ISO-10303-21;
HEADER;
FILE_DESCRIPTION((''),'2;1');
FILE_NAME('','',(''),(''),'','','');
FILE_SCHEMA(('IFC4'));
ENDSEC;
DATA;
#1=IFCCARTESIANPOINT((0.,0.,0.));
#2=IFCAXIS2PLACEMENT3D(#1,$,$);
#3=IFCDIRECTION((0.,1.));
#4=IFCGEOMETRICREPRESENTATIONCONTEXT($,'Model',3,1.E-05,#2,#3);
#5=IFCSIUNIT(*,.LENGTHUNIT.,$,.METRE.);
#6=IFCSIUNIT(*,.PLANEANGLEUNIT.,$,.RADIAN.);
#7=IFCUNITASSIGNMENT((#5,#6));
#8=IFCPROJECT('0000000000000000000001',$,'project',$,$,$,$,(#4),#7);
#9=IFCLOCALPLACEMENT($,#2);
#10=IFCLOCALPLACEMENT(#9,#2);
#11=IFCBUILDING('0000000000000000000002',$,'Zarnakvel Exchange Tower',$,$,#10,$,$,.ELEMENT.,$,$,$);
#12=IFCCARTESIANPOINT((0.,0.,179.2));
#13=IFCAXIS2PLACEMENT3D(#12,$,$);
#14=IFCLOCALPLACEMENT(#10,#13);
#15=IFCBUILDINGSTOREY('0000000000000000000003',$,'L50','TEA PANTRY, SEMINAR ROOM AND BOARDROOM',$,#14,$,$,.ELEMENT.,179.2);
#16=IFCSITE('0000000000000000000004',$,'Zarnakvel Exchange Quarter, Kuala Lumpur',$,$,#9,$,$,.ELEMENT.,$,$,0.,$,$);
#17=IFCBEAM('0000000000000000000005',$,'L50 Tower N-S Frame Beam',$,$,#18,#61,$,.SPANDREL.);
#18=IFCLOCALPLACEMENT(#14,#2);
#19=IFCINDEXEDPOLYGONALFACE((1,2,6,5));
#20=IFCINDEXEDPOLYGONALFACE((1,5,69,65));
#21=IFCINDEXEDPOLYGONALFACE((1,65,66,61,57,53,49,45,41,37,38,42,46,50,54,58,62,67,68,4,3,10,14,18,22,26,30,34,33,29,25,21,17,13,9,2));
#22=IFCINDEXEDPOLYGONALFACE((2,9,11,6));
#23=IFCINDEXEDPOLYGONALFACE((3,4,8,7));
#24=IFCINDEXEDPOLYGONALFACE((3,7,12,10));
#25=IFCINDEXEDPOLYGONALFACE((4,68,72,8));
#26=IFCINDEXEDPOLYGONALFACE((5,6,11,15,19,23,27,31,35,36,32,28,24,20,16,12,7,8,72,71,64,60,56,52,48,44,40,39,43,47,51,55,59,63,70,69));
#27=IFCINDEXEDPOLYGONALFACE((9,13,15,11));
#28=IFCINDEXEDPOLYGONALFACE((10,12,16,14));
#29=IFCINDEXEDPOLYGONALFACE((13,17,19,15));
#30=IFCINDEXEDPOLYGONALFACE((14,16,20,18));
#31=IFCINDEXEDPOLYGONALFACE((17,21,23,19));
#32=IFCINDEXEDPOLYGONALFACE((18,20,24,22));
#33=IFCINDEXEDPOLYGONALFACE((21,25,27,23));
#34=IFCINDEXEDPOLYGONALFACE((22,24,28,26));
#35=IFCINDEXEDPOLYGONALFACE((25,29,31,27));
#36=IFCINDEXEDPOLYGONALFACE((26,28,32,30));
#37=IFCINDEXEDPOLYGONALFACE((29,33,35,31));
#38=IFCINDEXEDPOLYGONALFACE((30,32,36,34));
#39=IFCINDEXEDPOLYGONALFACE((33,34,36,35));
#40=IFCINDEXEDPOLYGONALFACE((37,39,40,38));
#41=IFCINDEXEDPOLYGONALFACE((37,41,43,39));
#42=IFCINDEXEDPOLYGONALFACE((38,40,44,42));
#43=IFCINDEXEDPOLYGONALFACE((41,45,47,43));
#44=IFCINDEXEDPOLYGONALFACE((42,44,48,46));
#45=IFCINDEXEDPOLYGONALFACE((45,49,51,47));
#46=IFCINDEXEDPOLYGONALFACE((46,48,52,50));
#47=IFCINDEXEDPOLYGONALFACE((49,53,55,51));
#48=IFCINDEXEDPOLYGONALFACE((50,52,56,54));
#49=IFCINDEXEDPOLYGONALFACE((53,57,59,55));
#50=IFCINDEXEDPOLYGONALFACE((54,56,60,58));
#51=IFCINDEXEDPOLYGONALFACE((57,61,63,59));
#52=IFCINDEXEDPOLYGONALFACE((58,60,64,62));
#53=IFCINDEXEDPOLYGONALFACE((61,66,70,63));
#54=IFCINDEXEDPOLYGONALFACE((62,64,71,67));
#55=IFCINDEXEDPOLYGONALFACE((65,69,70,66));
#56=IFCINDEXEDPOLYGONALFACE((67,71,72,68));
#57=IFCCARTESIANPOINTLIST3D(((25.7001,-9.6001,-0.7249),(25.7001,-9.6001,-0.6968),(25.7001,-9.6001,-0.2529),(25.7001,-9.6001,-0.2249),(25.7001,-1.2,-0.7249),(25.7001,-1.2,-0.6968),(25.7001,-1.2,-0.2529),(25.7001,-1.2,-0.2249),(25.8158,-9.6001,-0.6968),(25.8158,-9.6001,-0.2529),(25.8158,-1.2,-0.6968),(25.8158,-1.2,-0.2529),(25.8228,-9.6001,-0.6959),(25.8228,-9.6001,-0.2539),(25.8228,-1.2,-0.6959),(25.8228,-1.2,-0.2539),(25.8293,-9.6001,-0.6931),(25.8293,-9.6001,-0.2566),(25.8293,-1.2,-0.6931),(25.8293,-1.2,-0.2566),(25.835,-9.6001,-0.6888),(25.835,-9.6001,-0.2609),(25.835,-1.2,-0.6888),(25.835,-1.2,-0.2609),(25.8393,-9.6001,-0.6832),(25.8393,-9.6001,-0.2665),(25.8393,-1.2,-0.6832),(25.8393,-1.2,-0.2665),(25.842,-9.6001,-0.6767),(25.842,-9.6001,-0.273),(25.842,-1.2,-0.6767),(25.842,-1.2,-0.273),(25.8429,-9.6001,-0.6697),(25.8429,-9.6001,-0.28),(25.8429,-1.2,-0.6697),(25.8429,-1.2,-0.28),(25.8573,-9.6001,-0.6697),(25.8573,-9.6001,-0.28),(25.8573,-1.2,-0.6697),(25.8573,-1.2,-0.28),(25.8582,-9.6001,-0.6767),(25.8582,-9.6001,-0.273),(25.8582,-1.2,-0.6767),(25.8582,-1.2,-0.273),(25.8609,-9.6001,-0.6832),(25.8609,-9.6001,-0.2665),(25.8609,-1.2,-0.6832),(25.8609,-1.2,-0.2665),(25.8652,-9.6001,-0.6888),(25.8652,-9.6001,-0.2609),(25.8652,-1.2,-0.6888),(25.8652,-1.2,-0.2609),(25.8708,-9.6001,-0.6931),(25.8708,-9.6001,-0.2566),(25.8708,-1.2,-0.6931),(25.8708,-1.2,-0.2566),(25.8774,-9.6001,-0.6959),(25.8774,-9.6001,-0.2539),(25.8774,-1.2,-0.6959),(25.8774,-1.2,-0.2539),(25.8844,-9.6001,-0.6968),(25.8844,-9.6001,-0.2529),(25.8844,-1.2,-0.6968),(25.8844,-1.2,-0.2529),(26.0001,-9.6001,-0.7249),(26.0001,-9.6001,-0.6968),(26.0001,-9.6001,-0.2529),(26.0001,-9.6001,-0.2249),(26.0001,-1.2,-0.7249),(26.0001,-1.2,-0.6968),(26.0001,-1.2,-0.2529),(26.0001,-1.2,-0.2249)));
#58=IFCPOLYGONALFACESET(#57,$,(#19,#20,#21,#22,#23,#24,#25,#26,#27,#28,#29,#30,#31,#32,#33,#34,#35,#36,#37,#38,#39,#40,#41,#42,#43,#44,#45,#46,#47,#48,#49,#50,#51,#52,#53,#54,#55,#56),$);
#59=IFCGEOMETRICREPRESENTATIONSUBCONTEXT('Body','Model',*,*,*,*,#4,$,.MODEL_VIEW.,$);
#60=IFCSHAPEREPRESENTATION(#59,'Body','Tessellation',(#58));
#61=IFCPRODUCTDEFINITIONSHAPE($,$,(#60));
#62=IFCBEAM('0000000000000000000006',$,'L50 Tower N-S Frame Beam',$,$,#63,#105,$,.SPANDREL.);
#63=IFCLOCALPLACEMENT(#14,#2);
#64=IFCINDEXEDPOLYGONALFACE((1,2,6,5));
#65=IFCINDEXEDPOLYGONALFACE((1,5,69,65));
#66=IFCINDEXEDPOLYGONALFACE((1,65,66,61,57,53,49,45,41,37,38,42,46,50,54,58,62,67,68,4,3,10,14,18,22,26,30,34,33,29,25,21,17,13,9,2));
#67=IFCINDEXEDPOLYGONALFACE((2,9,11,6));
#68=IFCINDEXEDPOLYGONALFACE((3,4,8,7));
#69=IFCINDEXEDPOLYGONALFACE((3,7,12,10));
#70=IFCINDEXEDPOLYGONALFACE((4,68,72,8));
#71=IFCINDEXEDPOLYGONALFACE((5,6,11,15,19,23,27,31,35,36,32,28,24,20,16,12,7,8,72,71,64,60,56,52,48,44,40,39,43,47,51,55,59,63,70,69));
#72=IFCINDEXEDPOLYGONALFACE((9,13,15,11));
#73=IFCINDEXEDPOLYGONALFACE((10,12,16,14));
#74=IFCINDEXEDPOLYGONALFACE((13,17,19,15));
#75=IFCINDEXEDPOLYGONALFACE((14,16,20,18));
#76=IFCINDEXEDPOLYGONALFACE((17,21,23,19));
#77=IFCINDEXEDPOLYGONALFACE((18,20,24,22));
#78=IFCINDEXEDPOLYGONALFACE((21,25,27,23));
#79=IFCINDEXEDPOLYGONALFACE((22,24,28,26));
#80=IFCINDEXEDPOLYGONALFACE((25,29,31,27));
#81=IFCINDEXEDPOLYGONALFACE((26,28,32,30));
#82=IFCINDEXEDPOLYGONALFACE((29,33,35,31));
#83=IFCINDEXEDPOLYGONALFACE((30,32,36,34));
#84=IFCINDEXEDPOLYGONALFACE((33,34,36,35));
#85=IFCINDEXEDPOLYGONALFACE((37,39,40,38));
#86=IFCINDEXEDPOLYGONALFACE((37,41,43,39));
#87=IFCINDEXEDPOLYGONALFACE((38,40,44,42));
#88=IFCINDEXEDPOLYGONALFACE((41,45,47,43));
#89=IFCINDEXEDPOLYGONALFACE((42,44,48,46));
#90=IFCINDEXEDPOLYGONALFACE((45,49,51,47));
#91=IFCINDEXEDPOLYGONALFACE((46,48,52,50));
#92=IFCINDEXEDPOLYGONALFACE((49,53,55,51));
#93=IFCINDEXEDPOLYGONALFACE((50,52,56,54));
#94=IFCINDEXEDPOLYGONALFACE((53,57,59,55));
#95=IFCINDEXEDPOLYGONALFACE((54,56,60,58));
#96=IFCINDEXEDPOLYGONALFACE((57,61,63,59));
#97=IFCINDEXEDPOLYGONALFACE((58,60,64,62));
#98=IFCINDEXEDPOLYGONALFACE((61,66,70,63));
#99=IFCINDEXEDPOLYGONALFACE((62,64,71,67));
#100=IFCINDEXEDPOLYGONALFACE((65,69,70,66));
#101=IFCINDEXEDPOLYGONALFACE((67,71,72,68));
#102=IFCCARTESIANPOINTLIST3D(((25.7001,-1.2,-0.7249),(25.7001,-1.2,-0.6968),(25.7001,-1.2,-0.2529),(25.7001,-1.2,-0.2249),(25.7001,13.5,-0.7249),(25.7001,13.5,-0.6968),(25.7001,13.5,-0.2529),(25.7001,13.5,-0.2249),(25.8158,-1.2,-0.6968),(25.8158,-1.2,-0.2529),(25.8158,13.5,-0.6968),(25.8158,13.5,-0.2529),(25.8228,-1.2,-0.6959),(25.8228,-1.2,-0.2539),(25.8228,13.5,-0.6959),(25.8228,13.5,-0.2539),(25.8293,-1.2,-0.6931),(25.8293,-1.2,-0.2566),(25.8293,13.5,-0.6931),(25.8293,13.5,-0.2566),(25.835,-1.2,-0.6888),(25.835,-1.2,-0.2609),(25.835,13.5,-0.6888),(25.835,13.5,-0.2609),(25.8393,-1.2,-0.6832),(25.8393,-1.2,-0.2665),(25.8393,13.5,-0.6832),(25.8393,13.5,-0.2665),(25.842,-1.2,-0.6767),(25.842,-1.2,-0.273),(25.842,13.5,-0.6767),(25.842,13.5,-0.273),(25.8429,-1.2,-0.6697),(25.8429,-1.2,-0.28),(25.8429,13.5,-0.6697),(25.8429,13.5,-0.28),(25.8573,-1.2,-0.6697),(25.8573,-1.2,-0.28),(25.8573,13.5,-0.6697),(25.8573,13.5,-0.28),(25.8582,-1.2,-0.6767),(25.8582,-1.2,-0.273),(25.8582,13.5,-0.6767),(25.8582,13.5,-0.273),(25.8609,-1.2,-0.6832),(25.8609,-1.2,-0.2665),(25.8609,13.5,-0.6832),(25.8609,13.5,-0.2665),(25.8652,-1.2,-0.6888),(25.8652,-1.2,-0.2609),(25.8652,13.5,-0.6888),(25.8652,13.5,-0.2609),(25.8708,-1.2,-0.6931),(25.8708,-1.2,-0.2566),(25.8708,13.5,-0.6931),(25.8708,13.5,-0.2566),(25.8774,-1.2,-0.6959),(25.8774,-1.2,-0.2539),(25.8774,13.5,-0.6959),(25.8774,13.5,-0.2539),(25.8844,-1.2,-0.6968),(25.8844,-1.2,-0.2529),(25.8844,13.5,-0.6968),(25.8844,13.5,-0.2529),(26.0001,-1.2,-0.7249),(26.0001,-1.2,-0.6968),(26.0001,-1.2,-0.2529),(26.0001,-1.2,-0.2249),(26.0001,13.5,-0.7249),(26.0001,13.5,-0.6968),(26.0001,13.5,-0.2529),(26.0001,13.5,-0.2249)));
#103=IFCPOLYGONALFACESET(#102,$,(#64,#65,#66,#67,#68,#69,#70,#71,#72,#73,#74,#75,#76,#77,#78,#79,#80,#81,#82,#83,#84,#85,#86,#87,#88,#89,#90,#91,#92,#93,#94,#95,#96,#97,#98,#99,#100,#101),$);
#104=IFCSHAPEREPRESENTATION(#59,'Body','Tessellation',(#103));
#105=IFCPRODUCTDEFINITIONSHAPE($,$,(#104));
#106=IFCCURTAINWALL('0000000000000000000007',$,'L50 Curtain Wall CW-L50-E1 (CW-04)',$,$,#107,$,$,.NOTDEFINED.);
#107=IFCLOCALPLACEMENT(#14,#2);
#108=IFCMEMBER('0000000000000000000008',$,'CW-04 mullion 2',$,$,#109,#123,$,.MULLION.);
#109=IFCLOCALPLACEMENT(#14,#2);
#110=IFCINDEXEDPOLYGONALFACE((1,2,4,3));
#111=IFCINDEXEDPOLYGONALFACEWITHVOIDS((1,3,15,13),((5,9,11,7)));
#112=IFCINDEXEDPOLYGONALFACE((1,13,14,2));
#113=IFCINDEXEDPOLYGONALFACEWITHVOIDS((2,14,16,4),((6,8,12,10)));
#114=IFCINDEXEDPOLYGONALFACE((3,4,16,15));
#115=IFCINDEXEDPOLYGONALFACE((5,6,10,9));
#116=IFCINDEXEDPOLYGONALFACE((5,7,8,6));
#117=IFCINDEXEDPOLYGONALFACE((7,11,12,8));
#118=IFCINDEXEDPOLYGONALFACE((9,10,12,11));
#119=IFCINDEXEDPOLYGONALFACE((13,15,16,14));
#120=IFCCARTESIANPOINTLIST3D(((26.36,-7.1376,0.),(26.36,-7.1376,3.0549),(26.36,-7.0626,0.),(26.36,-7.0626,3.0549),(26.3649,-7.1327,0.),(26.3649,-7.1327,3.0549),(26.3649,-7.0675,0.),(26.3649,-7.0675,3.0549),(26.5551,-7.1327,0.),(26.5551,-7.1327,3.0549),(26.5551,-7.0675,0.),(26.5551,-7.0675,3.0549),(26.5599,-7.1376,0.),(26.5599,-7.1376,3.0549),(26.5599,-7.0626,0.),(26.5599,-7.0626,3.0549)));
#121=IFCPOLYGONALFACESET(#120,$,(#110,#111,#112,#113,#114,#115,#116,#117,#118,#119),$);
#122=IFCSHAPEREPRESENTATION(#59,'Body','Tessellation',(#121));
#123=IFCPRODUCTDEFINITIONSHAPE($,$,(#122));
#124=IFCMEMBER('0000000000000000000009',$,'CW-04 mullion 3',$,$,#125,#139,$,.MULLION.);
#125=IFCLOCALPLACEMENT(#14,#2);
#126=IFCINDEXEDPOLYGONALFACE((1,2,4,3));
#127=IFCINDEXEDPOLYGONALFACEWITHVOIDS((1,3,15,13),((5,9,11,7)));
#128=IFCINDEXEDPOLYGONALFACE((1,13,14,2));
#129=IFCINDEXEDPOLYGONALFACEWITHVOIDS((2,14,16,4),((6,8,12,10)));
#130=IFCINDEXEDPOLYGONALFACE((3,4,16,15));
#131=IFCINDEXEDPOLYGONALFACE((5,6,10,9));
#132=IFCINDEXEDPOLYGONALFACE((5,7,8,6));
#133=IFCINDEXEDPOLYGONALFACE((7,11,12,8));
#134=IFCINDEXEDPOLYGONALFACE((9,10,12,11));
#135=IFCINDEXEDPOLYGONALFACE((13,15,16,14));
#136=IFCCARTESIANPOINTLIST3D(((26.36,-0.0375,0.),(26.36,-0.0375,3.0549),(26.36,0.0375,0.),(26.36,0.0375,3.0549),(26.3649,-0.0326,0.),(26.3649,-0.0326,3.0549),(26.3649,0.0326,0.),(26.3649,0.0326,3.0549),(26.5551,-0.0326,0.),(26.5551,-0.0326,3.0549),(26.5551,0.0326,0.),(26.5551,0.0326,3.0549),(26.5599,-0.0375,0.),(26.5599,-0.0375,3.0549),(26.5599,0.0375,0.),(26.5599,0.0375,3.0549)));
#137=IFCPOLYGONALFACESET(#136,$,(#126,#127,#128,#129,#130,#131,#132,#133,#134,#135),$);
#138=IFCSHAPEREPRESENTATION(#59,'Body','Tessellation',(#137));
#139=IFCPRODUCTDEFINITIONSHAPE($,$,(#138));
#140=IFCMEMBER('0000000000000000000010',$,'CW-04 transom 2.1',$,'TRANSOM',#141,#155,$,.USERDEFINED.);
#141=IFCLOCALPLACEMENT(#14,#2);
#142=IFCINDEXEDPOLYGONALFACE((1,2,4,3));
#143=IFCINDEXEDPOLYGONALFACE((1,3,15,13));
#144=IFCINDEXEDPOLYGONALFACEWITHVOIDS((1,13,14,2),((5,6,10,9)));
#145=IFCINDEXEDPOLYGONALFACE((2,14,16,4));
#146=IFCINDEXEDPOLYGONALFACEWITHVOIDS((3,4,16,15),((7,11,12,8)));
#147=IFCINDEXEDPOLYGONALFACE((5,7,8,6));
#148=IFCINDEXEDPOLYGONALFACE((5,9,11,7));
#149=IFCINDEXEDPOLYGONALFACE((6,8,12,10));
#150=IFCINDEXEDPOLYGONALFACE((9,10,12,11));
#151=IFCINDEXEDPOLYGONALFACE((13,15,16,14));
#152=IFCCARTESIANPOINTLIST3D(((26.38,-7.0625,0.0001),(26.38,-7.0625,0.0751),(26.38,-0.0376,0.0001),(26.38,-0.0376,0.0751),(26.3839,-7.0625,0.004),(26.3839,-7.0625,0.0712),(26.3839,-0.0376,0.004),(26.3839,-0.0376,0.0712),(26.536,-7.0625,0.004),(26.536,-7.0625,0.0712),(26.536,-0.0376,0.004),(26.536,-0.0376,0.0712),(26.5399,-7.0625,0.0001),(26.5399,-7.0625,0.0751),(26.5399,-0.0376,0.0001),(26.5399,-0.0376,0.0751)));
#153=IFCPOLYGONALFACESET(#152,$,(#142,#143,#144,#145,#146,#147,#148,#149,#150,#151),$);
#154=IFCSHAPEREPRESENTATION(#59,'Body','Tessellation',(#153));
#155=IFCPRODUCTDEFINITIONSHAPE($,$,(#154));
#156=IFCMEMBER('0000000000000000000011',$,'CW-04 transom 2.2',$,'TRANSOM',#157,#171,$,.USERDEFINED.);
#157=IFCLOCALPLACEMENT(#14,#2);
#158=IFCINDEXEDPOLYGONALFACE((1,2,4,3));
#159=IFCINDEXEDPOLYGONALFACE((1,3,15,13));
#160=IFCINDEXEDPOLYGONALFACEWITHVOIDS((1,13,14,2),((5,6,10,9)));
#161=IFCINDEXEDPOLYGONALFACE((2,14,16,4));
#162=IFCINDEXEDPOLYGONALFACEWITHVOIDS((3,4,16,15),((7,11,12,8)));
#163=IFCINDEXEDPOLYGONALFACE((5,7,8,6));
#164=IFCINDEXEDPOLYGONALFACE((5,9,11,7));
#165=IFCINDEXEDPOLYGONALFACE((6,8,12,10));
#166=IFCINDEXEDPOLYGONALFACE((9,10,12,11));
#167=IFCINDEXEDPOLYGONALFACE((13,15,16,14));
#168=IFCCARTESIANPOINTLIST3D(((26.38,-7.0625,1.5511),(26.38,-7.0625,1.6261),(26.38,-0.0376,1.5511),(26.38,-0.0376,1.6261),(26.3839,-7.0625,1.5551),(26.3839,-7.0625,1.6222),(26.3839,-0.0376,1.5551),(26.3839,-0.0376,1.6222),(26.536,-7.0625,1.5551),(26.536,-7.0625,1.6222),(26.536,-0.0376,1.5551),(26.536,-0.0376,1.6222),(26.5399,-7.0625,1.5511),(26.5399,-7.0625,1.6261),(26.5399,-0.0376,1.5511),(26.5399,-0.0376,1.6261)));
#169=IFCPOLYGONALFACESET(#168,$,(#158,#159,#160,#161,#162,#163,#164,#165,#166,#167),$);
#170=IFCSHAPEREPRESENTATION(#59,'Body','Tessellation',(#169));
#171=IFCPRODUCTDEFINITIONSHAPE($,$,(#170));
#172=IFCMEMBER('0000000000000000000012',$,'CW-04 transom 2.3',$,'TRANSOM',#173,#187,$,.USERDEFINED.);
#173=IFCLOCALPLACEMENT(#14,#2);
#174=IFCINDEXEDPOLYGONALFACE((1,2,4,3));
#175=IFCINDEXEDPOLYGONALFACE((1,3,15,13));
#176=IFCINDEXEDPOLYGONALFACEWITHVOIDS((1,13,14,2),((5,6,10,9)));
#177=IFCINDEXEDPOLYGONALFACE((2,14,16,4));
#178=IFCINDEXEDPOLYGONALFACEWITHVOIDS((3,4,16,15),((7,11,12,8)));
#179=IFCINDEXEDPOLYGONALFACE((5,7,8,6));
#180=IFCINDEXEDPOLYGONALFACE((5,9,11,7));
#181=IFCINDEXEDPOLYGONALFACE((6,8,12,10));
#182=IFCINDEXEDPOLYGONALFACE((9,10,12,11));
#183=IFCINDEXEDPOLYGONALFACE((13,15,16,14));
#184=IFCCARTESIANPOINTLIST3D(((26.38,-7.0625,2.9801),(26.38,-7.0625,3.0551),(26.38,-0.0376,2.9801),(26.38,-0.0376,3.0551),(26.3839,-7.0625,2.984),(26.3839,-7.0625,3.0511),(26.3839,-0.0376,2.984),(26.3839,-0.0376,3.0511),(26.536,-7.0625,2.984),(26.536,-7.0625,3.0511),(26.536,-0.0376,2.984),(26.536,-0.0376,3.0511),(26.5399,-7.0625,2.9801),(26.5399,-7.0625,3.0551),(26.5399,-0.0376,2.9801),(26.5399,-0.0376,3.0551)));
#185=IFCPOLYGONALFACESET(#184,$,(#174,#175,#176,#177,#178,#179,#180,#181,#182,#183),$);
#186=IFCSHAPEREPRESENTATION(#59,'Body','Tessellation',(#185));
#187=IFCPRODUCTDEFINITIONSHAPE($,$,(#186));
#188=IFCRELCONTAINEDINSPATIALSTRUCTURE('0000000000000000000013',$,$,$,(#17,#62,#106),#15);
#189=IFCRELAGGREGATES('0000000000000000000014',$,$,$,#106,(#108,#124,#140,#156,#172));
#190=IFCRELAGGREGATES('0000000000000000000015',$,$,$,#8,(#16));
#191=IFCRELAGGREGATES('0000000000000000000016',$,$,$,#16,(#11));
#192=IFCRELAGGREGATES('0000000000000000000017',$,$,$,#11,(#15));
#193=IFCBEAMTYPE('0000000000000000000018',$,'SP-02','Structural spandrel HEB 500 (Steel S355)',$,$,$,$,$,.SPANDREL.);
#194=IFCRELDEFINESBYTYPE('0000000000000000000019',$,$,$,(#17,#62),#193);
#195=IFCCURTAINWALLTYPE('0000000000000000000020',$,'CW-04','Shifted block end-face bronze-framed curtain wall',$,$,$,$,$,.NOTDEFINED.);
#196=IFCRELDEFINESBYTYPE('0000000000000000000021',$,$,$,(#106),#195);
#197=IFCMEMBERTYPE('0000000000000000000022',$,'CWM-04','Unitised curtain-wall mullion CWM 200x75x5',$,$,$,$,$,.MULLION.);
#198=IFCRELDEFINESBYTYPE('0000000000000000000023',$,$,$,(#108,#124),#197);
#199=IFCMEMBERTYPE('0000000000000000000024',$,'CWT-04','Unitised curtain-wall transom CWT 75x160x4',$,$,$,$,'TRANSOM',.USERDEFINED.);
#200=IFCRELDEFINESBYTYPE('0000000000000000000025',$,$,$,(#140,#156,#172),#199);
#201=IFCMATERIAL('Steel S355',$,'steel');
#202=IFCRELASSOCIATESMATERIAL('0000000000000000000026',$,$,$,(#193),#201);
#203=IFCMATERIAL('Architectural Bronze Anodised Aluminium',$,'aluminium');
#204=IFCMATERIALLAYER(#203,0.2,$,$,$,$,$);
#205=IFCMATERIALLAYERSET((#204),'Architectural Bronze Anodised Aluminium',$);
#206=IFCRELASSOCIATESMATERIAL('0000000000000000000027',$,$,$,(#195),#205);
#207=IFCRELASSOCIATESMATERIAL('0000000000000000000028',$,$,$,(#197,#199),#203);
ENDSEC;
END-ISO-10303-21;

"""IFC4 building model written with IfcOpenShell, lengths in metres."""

from ifc_helpers import new_model, si_unit, direction, frame, origin, origin_2d, place, context, subcontext, project, spatial, hollow_rectangle, i_section, extrude, source, transform, mapped, material, layer, layer_set, material_profile, profile_set, type_object, element, aggregate, save


model = new_model("IFC4")

# Units and contexts
model_context = context("Model", 3, precision=1e-05, world=origin(), true_north=direction((0.0, 1.0)))
body_context = subcontext(model_context, "Body", "Model", "MODEL_VIEW")
ifc_project = project(units=[si_unit("LENGTHUNIT", "METRE"), si_unit("PLANEANGLEUNIT", "RADIAN")], contexts=[model_context])

# Site, building, storey
site_placement = place(None, origin())
site = spatial("IfcSite", under=ifc_project, at=site_placement, Name="Zarnakvel Exchange Quarter, Kuala Lumpur", CompositionType="ELEMENT", RefElevation=0.0)
building_placement = place(site_placement, origin())
building = spatial("IfcBuilding", under=site, at=building_placement, Name="Zarnakvel Exchange Tower", CompositionType="ELEMENT")
storey_placement = place(building_placement, frame((0.0, 0.0, 179.2)))
storey = spatial("IfcBuildingStorey", under=building, at=storey_placement, Name="L50", Description="TEA PANTRY, SEMINAR ROOM AND BOARDROOM", CompositionType="ELEMENT", Elevation=179.2)

# Shared definitions
ifc_material_1 = material(Name="Steel S355", Category="steel")

# Beams
ifc_material_profile_1 = material_profile(ifc_material_1, i_section(OverallWidth=0.3, OverallDepth=0.5, WebThickness=0.0144, FlangeThickness=0.0281, FilletRadius=0.0271, at=origin_2d()))
ifc_profile_set_1 = profile_set([ifc_material_profile_1], Name="Steel S355")
beam_type_1 = type_object("IfcBeamType", Name="SP-02", Description="Structural spandrel HEB 500 (Steel S355)", PredefinedType="SPANDREL", material=ifc_profile_set_1)
beam_1_placement = place(storey_placement, frame((25.8501, -9.6001, -0.4749), z_axis=(0.0, 1.0, 0.0), x_axis=(-1.0, 0.0, 0.0)))
element("IfcBeam", 1, at=beam_1_placement, inside=storey, type_object=beam_type_1, Name="L50 Tower N-S Frame Beam", PredefinedType="SPANDREL", context=body_context, shape_type="SweptSolid", body=[
    extrude(i_section(OverallWidth=0.3, OverallDepth=0.5, WebThickness=0.0144, FlangeThickness=0.0281, FilletRadius=0.0271, at=origin_2d()), origin(), (0.0, 0.0, 1.0), 8.4001),
])
beam_2_placement = place(storey_placement, frame((25.8501, -1.2, -0.4749), z_axis=(0.0, 1.0, 0.0), x_axis=(-1.0, 0.0, 0.0)))
element("IfcBeam", 2, at=beam_2_placement, inside=storey, type_object=beam_type_1, Name="L50 Tower N-S Frame Beam", PredefinedType="SPANDREL", context=body_context, shape_type="SweptSolid", body=[
    extrude(i_section(OverallWidth=0.3, OverallDepth=0.5, WebThickness=0.0144, FlangeThickness=0.0281, FilletRadius=0.0271, at=origin_2d()), origin(), (0.0, 0.0, 1.0), 14.7),
])

# Curtain wall, members
ifc_material_2 = material(Name="Architectural Bronze Anodised Aluminium", Category="aluminium")
ifc_layer_1 = layer(ifc_material_2, 0.2)
ifc_layer_set_1 = layer_set([ifc_layer_1], Name="Architectural Bronze Anodised Aluminium")
curtain_wall_type = type_object("IfcCurtainWallType", Name="CW-04", Description="Shifted block end-face bronze-framed curtain wall", PredefinedType="NOTDEFINED", material=ifc_layer_set_1)
curtain_wall_placement = place(storey_placement, origin())
curtain_wall = element("IfcCurtainWall", 3, at=curtain_wall_placement, inside=storey, type_object=curtain_wall_type, Name="L50 Curtain Wall CW-L50-E1 (CW-04)", PredefinedType="NOTDEFINED")
ifc_material_profile_2 = material_profile(ifc_material_2, hollow_rectangle(XDim=0.2, YDim=0.075, WallThickness=0.0049, at=origin_2d()))
ifc_profile_set_2 = profile_set([ifc_material_profile_2], Name="Architectural Bronze Anodised Aluminium")
member_type_1 = type_object("IfcMemberType", Name="CWM-04", Description="Unitised curtain-wall mullion CWM 200x75x5", PredefinedType="MULLION", material=ifc_profile_set_2)
shared_shape_1 = source(origin(), body_context, "Body", "SweptSolid", [
    extrude(hollow_rectangle(XDim=0.2, YDim=0.075, WallThickness=0.0049, at=origin_2d()), origin(), (0.0, 0.0, 1.0), 3.0549),
])
member_1_placement = place(storey_placement, frame((26.46, -7.1001, 0.0), z_axis=(0.0, 0.0, 1.0), x_axis=(-1.0, 0.0, 0.0)))
member_1 = element("IfcMember", 4, at=member_1_placement, type_object=member_type_1, Name="CW-04 mullion 2", PredefinedType="MULLION", context=body_context, shape_type="MappedRepresentation", body=[
    mapped(shared_shape_1, transform((0.0, 0.0, 0.0), x_axis=(1.0, 0.0, 0.0), y_axis=(0.0, 1.0, 0.0), z_axis=(0.0, 0.0, 1.0), scale=1.0)),
])
member_2_placement = place(storey_placement, frame((26.46, 0.0, 0.0), z_axis=(0.0, 0.0, 1.0), x_axis=(-1.0, 0.0, 0.0)))
member_2 = element("IfcMember", 5, at=member_2_placement, type_object=member_type_1, Name="CW-04 mullion 3", PredefinedType="MULLION", context=body_context, shape_type="MappedRepresentation", body=[
    mapped(shared_shape_1, transform((0.0, 0.0, 0.0), x_axis=(1.0, 0.0, 0.0), y_axis=(0.0, 1.0, 0.0), z_axis=(0.0, 0.0, 1.0), scale=1.0)),
])
ifc_material_profile_3 = material_profile(ifc_material_2, hollow_rectangle(XDim=0.1599, YDim=0.075, WallThickness=0.0039, at=origin_2d()))
ifc_profile_set_3 = profile_set([ifc_material_profile_3], Name="Architectural Bronze Anodised Aluminium")
member_type_2 = type_object("IfcMemberType", Name="CWT-04", Description="Unitised curtain-wall transom CWT 75x160x4", ElementType="TRANSOM", PredefinedType="USERDEFINED", material=ifc_profile_set_3)
shared_shape_2 = source(origin(), body_context, "Body", "SweptSolid", [
    extrude(hollow_rectangle(XDim=0.1599, YDim=0.075, WallThickness=0.0039, at=origin_2d()), origin(), (0.0, 0.0, 1.0), 7.0249),
])
member_3_placement = place(storey_placement, frame((26.46, -7.0625, 0.0376), z_axis=(0.0, 1.0, 0.0), x_axis=(-1.0, 0.0, 0.0)))
member_3 = element("IfcMember", 6, at=member_3_placement, type_object=member_type_2, Name="CW-04 transom 2.1", ObjectType="TRANSOM", PredefinedType="USERDEFINED", context=body_context, shape_type="MappedRepresentation", body=[
    mapped(shared_shape_2, transform((0.0, 0.0, 0.0), x_axis=(1.0, 0.0, 0.0), y_axis=(0.0, 1.0, 0.0), z_axis=(0.0, 0.0, 1.0), scale=1.0)),
])
member_4_placement = place(storey_placement, frame((26.46, -7.0625, 1.5886), z_axis=(0.0, 1.0, 0.0), x_axis=(-1.0, 0.0, 0.0)))
member_4 = element("IfcMember", 7, at=member_4_placement, type_object=member_type_2, Name="CW-04 transom 2.2", ObjectType="TRANSOM", PredefinedType="USERDEFINED", context=body_context, shape_type="MappedRepresentation", body=[
    mapped(shared_shape_2, transform((0.0, 0.0, 0.0), x_axis=(1.0, 0.0, 0.0), y_axis=(0.0, 1.0, 0.0), z_axis=(0.0, 0.0, 1.0), scale=1.0)),
])
member_5_placement = place(storey_placement, frame((26.46, -7.0625, 3.0176), z_axis=(0.0, 1.0, 0.0), x_axis=(-1.0, 0.0, 0.0)))
member_5 = element("IfcMember", 8, at=member_5_placement, type_object=member_type_2, Name="CW-04 transom 2.3", ObjectType="TRANSOM", PredefinedType="USERDEFINED", context=body_context, shape_type="MappedRepresentation", body=[
    mapped(shared_shape_2, transform((0.0, 0.0, 0.0), x_axis=(1.0, 0.0, 0.0), y_axis=(0.0, 1.0, 0.0), z_axis=(0.0, 0.0, 1.0), scale=1.0)),
])
aggregate(curtain_wall, [member_1, member_2, member_3, member_4, member_5])

save(model, "model.ifc")
